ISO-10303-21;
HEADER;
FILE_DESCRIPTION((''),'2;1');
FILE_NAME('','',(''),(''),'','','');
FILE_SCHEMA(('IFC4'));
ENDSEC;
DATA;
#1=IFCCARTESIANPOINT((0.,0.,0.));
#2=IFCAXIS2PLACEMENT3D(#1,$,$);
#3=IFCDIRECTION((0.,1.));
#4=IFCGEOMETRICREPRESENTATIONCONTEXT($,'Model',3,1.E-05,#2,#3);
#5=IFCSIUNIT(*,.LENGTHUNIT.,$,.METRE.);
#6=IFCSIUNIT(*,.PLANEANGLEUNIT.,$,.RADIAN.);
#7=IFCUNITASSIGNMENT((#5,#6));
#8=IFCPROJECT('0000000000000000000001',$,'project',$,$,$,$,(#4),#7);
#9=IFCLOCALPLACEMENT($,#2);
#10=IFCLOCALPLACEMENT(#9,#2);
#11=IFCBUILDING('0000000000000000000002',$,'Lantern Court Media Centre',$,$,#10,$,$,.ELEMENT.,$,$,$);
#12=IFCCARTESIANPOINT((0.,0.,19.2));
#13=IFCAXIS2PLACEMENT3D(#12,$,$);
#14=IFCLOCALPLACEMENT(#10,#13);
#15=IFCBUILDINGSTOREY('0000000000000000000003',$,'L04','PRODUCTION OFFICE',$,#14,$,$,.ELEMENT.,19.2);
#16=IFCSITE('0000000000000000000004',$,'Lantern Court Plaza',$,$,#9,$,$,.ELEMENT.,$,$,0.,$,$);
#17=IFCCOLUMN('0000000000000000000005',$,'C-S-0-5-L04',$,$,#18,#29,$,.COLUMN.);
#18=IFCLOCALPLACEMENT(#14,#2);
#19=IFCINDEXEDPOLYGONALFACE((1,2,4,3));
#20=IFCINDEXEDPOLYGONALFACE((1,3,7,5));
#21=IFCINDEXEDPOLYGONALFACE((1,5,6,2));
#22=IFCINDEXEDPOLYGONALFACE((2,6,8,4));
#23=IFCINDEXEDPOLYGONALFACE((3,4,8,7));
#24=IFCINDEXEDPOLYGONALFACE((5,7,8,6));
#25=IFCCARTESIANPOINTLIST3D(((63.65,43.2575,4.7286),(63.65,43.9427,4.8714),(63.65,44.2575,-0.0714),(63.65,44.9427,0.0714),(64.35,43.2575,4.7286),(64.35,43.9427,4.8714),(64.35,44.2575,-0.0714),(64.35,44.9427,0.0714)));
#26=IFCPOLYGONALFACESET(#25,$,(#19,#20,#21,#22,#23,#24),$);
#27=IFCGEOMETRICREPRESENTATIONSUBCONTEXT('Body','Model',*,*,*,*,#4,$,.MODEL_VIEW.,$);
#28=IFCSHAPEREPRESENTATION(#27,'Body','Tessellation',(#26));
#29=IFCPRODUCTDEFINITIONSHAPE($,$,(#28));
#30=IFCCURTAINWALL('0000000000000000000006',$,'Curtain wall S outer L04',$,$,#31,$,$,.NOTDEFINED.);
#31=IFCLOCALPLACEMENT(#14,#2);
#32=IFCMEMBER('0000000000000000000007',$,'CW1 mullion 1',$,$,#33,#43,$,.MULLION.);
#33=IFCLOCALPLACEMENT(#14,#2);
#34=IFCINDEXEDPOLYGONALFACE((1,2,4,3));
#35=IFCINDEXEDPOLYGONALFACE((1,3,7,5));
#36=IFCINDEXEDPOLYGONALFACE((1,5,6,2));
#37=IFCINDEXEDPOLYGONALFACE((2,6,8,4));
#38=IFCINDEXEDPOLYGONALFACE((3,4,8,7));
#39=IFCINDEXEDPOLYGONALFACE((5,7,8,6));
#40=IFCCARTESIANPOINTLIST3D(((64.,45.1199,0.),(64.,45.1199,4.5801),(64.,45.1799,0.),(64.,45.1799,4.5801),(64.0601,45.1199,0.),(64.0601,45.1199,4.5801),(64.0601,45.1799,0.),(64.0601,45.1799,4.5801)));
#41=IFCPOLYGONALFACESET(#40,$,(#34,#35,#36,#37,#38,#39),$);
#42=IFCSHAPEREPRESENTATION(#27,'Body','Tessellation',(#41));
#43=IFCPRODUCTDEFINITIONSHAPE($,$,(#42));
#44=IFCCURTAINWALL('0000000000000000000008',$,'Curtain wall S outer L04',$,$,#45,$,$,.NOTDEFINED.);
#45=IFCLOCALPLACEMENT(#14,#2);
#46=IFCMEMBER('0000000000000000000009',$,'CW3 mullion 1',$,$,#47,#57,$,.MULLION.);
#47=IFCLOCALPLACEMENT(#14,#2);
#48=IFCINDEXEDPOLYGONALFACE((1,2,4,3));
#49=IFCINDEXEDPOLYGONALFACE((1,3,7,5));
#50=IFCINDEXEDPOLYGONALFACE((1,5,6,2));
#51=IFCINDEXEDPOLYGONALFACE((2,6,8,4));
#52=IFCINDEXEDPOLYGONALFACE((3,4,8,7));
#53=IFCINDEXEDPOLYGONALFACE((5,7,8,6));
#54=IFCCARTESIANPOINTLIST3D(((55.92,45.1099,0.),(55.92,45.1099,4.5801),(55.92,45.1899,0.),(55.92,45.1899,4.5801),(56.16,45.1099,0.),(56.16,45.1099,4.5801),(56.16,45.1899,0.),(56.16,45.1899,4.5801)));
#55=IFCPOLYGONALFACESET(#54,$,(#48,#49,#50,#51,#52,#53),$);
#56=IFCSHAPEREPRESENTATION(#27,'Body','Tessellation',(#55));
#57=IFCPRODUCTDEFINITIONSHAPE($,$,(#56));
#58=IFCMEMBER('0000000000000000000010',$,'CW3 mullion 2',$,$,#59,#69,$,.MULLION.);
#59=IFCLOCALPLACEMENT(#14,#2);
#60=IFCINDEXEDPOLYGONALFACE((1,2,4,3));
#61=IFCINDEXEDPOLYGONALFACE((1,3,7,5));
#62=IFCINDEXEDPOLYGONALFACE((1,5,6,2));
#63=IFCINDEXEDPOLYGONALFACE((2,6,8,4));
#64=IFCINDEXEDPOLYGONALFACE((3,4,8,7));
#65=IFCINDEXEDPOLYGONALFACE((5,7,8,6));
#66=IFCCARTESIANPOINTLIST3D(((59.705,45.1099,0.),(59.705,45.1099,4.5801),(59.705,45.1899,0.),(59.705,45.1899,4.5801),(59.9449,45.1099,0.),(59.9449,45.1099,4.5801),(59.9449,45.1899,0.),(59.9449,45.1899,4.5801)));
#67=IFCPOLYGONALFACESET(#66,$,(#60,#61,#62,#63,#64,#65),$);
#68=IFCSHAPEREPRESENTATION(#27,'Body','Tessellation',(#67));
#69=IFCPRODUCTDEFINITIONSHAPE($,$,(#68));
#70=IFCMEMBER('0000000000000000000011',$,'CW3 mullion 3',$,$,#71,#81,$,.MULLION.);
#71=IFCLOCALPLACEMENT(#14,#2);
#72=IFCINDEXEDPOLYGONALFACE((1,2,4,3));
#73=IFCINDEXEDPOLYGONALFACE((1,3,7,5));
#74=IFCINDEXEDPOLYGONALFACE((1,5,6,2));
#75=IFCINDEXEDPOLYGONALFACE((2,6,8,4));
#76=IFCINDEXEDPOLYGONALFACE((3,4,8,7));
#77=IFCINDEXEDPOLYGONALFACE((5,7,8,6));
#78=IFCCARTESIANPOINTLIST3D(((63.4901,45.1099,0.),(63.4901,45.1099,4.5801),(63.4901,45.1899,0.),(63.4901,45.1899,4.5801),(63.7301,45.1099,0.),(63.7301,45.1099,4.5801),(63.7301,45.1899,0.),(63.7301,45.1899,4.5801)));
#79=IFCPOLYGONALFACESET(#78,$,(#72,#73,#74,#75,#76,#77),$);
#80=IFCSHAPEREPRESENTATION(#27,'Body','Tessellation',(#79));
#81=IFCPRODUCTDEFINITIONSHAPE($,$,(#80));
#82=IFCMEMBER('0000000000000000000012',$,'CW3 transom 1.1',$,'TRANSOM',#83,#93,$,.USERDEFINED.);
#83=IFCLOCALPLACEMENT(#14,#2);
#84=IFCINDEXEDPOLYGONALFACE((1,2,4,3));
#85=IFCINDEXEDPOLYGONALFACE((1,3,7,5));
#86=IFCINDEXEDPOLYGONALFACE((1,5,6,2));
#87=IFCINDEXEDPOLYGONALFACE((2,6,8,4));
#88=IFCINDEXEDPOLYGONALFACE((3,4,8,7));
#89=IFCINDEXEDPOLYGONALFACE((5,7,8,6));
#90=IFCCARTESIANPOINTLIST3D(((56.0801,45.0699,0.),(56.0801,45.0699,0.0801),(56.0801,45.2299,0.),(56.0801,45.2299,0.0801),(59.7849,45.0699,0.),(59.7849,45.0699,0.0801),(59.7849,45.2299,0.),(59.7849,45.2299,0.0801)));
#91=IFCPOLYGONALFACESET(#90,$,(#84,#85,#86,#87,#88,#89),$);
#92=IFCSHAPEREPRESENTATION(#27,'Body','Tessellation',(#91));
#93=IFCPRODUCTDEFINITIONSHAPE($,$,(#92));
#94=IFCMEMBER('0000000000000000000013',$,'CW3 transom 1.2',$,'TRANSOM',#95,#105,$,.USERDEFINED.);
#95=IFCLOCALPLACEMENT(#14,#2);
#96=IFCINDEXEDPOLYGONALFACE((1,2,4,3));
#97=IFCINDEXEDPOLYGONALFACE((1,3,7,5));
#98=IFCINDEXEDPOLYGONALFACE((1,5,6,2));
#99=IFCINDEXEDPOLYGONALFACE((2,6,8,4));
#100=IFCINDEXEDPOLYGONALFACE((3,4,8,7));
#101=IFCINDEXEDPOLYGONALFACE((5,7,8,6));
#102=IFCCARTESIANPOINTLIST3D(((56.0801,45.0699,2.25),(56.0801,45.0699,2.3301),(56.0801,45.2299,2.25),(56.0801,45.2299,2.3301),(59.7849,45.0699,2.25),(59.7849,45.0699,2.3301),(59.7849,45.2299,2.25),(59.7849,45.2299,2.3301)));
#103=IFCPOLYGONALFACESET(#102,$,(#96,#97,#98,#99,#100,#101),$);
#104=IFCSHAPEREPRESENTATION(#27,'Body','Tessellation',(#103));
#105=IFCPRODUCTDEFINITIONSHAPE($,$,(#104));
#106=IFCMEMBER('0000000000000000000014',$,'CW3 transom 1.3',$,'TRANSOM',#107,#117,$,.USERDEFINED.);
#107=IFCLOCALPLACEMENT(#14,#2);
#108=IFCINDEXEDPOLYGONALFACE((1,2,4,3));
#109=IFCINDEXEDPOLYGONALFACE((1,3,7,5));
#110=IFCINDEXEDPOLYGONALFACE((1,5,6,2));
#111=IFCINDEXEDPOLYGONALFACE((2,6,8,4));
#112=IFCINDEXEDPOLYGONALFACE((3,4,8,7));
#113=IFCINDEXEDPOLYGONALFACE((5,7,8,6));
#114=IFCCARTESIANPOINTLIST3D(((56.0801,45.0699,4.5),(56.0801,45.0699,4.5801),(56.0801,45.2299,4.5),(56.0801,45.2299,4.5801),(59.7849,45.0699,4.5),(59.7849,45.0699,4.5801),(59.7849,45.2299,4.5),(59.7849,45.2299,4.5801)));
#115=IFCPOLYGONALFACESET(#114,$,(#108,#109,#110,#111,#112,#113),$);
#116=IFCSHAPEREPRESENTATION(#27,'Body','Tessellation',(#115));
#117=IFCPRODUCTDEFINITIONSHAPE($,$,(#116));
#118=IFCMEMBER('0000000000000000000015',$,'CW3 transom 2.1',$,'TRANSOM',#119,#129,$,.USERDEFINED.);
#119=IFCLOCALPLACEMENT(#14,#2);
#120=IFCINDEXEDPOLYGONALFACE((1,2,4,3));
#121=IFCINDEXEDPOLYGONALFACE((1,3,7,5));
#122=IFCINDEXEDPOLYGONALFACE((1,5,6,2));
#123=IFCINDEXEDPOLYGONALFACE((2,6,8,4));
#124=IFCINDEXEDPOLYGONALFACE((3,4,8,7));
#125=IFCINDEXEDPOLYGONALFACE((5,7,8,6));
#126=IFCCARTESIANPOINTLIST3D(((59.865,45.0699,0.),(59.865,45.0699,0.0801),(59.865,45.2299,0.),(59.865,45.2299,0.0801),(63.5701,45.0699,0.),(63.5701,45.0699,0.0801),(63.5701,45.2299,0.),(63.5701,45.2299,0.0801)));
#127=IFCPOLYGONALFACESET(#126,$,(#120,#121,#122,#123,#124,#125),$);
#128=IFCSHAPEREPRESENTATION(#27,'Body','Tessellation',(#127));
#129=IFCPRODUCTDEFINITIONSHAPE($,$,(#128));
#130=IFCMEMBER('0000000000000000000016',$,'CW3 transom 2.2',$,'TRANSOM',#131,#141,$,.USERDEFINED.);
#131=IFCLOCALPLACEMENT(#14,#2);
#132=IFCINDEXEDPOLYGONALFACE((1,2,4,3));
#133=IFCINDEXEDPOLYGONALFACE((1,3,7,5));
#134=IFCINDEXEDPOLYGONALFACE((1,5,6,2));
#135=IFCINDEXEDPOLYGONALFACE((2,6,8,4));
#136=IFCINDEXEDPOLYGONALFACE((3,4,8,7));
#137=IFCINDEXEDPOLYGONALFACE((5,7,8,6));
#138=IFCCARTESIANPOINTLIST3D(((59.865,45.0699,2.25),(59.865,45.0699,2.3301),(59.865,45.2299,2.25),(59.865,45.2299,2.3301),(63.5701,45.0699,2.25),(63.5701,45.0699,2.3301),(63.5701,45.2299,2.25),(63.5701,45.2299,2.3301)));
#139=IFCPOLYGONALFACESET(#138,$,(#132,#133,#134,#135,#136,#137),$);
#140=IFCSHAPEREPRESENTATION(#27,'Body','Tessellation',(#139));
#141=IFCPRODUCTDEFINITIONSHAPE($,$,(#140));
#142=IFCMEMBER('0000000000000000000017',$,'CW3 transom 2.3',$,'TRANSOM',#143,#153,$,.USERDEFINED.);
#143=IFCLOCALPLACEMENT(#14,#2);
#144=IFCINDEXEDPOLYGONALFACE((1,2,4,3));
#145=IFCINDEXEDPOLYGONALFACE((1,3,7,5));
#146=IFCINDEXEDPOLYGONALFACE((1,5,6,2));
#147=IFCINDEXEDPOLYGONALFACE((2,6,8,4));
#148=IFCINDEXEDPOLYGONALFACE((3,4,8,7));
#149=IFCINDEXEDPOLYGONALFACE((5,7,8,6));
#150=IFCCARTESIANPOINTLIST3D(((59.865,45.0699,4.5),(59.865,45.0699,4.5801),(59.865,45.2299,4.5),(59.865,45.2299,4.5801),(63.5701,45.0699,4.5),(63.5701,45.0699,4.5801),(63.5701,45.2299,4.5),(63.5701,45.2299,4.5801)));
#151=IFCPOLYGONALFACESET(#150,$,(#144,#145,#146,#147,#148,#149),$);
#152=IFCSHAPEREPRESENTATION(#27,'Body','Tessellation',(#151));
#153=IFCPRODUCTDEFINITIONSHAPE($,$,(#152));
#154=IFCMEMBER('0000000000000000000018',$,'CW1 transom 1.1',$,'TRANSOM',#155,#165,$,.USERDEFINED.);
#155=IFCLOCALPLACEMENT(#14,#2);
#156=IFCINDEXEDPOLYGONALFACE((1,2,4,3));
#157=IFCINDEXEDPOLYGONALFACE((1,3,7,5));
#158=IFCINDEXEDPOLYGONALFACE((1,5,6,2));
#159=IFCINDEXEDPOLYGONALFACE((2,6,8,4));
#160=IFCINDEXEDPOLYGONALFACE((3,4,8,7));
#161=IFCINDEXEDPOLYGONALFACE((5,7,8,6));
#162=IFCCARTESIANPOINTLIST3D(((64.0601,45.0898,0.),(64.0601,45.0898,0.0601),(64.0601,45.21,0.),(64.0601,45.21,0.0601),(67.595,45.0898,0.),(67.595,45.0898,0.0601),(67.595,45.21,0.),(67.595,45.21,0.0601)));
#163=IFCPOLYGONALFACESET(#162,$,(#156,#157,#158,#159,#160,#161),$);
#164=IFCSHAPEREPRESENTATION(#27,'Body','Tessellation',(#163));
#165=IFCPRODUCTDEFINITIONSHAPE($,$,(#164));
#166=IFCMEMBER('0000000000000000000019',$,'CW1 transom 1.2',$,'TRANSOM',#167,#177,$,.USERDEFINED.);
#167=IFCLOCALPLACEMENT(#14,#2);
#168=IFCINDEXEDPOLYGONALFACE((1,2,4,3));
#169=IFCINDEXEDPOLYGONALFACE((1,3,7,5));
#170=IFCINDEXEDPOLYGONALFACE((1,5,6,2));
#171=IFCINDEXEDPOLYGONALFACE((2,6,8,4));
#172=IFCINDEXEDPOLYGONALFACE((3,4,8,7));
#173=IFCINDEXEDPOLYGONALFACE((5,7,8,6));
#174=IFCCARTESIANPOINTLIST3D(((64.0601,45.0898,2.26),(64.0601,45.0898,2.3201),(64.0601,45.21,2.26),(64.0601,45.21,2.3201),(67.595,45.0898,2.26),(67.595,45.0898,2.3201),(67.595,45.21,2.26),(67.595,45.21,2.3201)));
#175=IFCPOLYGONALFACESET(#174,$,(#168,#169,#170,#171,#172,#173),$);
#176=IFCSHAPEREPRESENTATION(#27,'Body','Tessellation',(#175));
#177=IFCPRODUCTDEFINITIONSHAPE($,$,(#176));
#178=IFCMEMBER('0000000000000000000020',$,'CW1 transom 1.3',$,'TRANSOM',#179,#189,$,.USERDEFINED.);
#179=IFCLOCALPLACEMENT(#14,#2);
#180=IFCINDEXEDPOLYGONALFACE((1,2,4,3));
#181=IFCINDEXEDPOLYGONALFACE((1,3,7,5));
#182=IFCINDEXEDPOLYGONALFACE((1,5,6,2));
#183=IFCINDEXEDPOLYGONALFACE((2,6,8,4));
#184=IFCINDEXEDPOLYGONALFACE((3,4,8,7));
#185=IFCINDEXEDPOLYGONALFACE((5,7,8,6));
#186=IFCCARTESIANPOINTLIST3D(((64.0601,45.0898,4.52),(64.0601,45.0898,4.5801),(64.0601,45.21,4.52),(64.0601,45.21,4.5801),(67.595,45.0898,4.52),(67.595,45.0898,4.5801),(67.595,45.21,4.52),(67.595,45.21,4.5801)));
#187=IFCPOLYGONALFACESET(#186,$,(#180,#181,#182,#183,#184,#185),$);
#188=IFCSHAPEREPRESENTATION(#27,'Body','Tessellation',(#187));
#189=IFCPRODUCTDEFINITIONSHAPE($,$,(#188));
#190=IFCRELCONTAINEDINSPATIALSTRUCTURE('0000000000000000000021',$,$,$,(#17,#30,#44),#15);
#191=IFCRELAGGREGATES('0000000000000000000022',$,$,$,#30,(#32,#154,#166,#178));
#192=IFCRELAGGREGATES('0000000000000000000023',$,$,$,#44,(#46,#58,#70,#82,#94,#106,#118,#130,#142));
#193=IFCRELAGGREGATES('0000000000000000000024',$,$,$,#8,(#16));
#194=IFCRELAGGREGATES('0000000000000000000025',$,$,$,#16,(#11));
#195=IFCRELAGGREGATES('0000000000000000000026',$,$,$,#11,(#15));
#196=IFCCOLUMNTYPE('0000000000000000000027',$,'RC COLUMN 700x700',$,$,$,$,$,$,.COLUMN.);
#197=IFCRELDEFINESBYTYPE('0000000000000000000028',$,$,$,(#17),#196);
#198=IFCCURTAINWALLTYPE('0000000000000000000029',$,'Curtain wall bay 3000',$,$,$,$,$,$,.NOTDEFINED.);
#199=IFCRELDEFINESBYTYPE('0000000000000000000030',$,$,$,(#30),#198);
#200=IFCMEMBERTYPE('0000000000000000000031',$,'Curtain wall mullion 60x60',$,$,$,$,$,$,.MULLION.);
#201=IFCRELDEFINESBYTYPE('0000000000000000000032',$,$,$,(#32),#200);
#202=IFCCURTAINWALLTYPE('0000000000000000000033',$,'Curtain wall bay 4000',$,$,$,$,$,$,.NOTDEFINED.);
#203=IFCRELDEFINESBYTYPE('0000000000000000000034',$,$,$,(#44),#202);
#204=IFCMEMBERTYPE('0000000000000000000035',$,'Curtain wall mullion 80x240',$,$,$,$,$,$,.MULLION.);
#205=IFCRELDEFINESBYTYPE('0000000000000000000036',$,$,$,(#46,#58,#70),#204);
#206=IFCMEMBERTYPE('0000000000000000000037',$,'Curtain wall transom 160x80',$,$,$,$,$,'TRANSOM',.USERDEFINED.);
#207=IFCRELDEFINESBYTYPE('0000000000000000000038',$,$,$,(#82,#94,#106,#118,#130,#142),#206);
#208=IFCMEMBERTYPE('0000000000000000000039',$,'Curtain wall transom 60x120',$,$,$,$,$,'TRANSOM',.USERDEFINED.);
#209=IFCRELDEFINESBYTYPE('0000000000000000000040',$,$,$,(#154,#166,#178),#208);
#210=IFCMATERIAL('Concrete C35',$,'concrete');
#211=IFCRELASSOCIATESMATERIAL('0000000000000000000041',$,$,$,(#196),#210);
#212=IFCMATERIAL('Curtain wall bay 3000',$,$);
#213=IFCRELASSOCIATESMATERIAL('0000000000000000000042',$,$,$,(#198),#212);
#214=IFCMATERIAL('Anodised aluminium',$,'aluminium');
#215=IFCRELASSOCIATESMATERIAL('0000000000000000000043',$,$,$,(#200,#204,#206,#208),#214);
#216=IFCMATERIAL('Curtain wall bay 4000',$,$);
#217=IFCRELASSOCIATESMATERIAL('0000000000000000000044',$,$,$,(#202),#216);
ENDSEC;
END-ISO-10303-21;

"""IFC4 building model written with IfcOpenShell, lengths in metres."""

from ifc_helpers import new_model, si_unit, direction, frame, origin, origin_2d, place, context, subcontext, project, spatial, rectangle, extrude, material, material_profile, profile_set, type_object, element, aggregate, save


model = new_model("IFC4")

# Units and contexts
model_context = context("Model", 3, precision=1e-05, world=origin(), true_north=direction((0.0, 1.0)))
body_context = subcontext(model_context, "Body", "Model", "MODEL_VIEW")
ifc_project = project(units=[si_unit("LENGTHUNIT", "METRE"), si_unit("PLANEANGLEUNIT", "RADIAN")], contexts=[model_context])

# Site, building, storey
site_placement = place(None, origin())
site = spatial("IfcSite", under=ifc_project, at=site_placement, Name="Lantern Court Plaza", CompositionType="ELEMENT", RefElevation=0.0)
building_placement = place(site_placement, origin())
building = spatial("IfcBuilding", under=site, at=building_placement, Name="Lantern Court Media Centre", CompositionType="ELEMENT")
storey_placement = place(building_placement, frame((0.0, 0.0, 19.2)))
storey = spatial("IfcBuildingStorey", under=building, at=storey_placement, Name="L04", Description="PRODUCTION OFFICE", CompositionType="ELEMENT", Elevation=19.2)

# Column
ifc_material_1 = material(Name="Concrete C35", Category="concrete")
ifc_material_profile_1 = material_profile(ifc_material_1, rectangle(XDim=0.7, YDim=0.7, at=origin_2d()), Name="RC 700x700")
ifc_profile_set_1 = profile_set([ifc_material_profile_1], Name="Concrete C35")
column_type = type_object("IfcColumnType", Name="RC COLUMN 700x700", PredefinedType="COLUMN", material=ifc_profile_set_1)
column_placement = place(storey_placement, frame((64.0, 44.6001, 0.0), z_axis=(0.0, -0.203952, 0.978981), x_axis=(1.0, 0.0, 0.0)))
element("IfcColumn", 1, at=column_placement, inside=storey, type_object=column_type, Name="C-S-0-5-L04", PredefinedType="COLUMN", context=body_context, shape_type="SweptSolid", body=[
    extrude(rectangle(XDim=0.7, YDim=0.7, at=origin_2d()), origin(), (0.0, 0.0, 1.0), 4.9031),
])

# Curtain wall, member
ifc_material_2 = material(Name="Curtain wall bay 3000")
curtain_wall_type_1 = type_object("IfcCurtainWallType", Name="Curtain wall bay 3000", PredefinedType="NOTDEFINED", material=ifc_material_2)
curtain_wall_1_placement = place(storey_placement, origin())
curtain_wall_1 = element("IfcCurtainWall", 2, at=curtain_wall_1_placement, inside=storey, type_object=curtain_wall_type_1, Name="Curtain wall S outer L04", PredefinedType="NOTDEFINED")
ifc_material_3 = material(Name="Anodised aluminium", Category="aluminium")
ifc_material_profile_2 = material_profile(ifc_material_3, rectangle(XDim=0.0601, YDim=0.0601, at=origin_2d()), Name="AL 60x60")
ifc_profile_set_2 = profile_set([ifc_material_profile_2], Name="Anodised aluminium")
member_type_1 = type_object("IfcMemberType", Name="Curtain wall mullion 60x60", PredefinedType="MULLION", material=ifc_profile_set_2)
member_1_placement = place(storey_placement, frame((64.03, 45.1499, 0.0), z_axis=(0.0, 0.0, 1.0), x_axis=(0.0, 1.0, 0.0)))
member_1 = element("IfcMember", 3, at=member_1_placement, type_object=member_type_1, Name="CW1 mullion 1", PredefinedType="MULLION", context=body_context, shape_type="SweptSolid", body=[
    extrude(rectangle(XDim=0.0601, YDim=0.0601, at=origin_2d()), origin(), (0.0, 0.0, 1.0), 4.5801),
])

# Curtain wall, members
ifc_material_4 = material(Name="Curtain wall bay 4000")
curtain_wall_type_2 = type_object("IfcCurtainWallType", Name="Curtain wall bay 4000", PredefinedType="NOTDEFINED", material=ifc_material_4)
curtain_wall_2_placement = place(storey_placement, origin())
curtain_wall_2 = element("IfcCurtainWall", 4, at=curtain_wall_2_placement, inside=storey, type_object=curtain_wall_type_2, Name="Curtain wall S outer L04", PredefinedType="NOTDEFINED")
ifc_material_profile_3 = material_profile(ifc_material_3, rectangle(XDim=0.0801, YDim=0.24, at=origin_2d()), Name="AL 80x240")
ifc_profile_set_3 = profile_set([ifc_material_profile_3], Name="Anodised aluminium")
member_type_2 = type_object("IfcMemberType", Name="Curtain wall mullion 80x240", PredefinedType="MULLION", material=ifc_profile_set_3)
member_2_placement = place(storey_placement, frame((56.04, 45.1499, 0.0), z_axis=(0.0, 0.0, 1.0), x_axis=(0.0, 1.0, 0.0)))
member_2 = element("IfcMember", 5, at=member_2_placement, type_object=member_type_2, Name="CW3 mullion 1", PredefinedType="MULLION", context=body_context, shape_type="SweptSolid", body=[
    extrude(rectangle(XDim=0.0801, YDim=0.24, at=origin_2d()), origin(), (0.0, 0.0, 1.0), 4.5801),
])
member_3_placement = place(storey_placement, frame((59.825, 45.1499, 0.0), z_axis=(0.0, 0.0, 1.0), x_axis=(0.0, 1.0, 0.0)))
member_3 = element("IfcMember", 6, at=member_3_placement, type_object=member_type_2, Name="CW3 mullion 2", PredefinedType="MULLION", context=body_context, shape_type="SweptSolid", body=[
    extrude(rectangle(XDim=0.0801, YDim=0.24, at=origin_2d()), origin(), (0.0, 0.0, 1.0), 4.5801),
])
member_4_placement = place(storey_placement, frame((63.6101, 45.1499, 0.0), z_axis=(0.0, 0.0, 1.0), x_axis=(0.0, 1.0, 0.0)))
member_4 = element("IfcMember", 7, at=member_4_placement, type_object=member_type_2, Name="CW3 mullion 3", PredefinedType="MULLION", context=body_context, shape_type="SweptSolid", body=[
    extrude(rectangle(XDim=0.0801, YDim=0.24, at=origin_2d()), origin(), (0.0, 0.0, 1.0), 4.5801),
])
ifc_material_profile_4 = material_profile(ifc_material_3, rectangle(XDim=0.1599, YDim=0.0801, at=origin_2d()), Name="AL 80x160")
ifc_profile_set_4 = profile_set([ifc_material_profile_4], Name="Anodised aluminium")
member_type_3 = type_object("IfcMemberType", Name="Curtain wall transom 160x80", ElementType="TRANSOM", PredefinedType="USERDEFINED", material=ifc_profile_set_4)
member_5_placement = place(storey_placement, frame((56.0801, 45.1499, 0.04), z_axis=(1.0, 0.0, 0.0), x_axis=(0.0, 1.0, 0.0)))
member_5 = element("IfcMember", 8, at=member_5_placement, type_object=member_type_3, Name="CW3 transom 1.1", ObjectType="TRANSOM", PredefinedType="USERDEFINED", context=body_context, shape_type="SweptSolid", body=[
    extrude(rectangle(XDim=0.1599, YDim=0.0801, at=origin_2d()), origin(), (0.0, 0.0, 1.0), 3.7048),
])
member_6_placement = place(storey_placement, frame((56.0801, 45.1499, 2.29), z_axis=(1.0, 0.0, 0.0), x_axis=(0.0, 1.0, 0.0)))
member_6 = element("IfcMember", 9, at=member_6_placement, type_object=member_type_3, Name="CW3 transom 1.2", ObjectType="TRANSOM", PredefinedType="USERDEFINED", context=body_context, shape_type="SweptSolid", body=[
    extrude(rectangle(XDim=0.1599, YDim=0.0801, at=origin_2d()), origin(), (0.0, 0.0, 1.0), 3.7048),
])
member_7_placement = place(storey_placement, frame((56.0801, 45.1499, 4.54), z_axis=(1.0, 0.0, 0.0), x_axis=(0.0, 1.0, 0.0)))
member_7 = element("IfcMember", 10, at=member_7_placement, type_object=member_type_3, Name="CW3 transom 1.3", ObjectType="TRANSOM", PredefinedType="USERDEFINED", context=body_context, shape_type="SweptSolid", body=[
    extrude(rectangle(XDim=0.1599, YDim=0.0801, at=origin_2d()), origin(), (0.0, 0.0, 1.0), 3.7048),
])
member_8_placement = place(storey_placement, frame((59.865, 45.1499, 0.04), z_axis=(1.0, 0.0, 0.0), x_axis=(0.0, 1.0, 0.0)))
member_8 = element("IfcMember", 11, at=member_8_placement, type_object=member_type_3, Name="CW3 transom 2.1", ObjectType="TRANSOM", PredefinedType="USERDEFINED", context=body_context, shape_type="SweptSolid", body=[
    extrude(rectangle(XDim=0.1599, YDim=0.0801, at=origin_2d()), origin(), (0.0, 0.0, 1.0), 3.7051),
])
member_9_placement = place(storey_placement, frame((59.865, 45.1499, 2.29), z_axis=(1.0, 0.0, 0.0), x_axis=(0.0, 1.0, 0.0)))
member_9 = element("IfcMember", 12, at=member_9_placement, type_object=member_type_3, Name="CW3 transom 2.2", ObjectType="TRANSOM", PredefinedType="USERDEFINED", context=body_context, shape_type="SweptSolid", body=[
    extrude(rectangle(XDim=0.1599, YDim=0.0801, at=origin_2d()), origin(), (0.0, 0.0, 1.0), 3.7051),
])
member_10_placement = place(storey_placement, frame((59.865, 45.1499, 4.54), z_axis=(1.0, 0.0, 0.0), x_axis=(0.0, 1.0, 0.0)))
member_10 = element("IfcMember", 13, at=member_10_placement, type_object=member_type_3, Name="CW3 transom 2.3", ObjectType="TRANSOM", PredefinedType="USERDEFINED", context=body_context, shape_type="SweptSolid", body=[
    extrude(rectangle(XDim=0.1599, YDim=0.0801, at=origin_2d()), origin(), (0.0, 0.0, 1.0), 3.7051),
])

# Members
ifc_material_profile_5 = material_profile(ifc_material_3, rectangle(XDim=0.1201, YDim=0.0601, at=origin_2d()), Name="AL 60x120")
ifc_profile_set_5 = profile_set([ifc_material_profile_5], Name="Anodised aluminium")
member_type_4 = type_object("IfcMemberType", Name="Curtain wall transom 60x120", ElementType="TRANSOM", PredefinedType="USERDEFINED", material=ifc_profile_set_5)
member_11_placement = place(storey_placement, frame((64.0601, 45.1499, 0.03), z_axis=(1.0, 0.0, 0.0), x_axis=(0.0, 1.0, 0.0)))
member_11 = element("IfcMember", 14, at=member_11_placement, type_object=member_type_4, Name="CW1 transom 1.1", ObjectType="TRANSOM", PredefinedType="USERDEFINED", context=body_context, shape_type="SweptSolid", body=[
    extrude(rectangle(XDim=0.1201, YDim=0.0601, at=origin_2d()), origin(), (0.0, 0.0, 1.0), 3.5349),
])
member_12_placement = place(storey_placement, frame((64.0601, 45.1499, 2.29), z_axis=(1.0, 0.0, 0.0), x_axis=(0.0, 1.0, 0.0)))
member_12 = element("IfcMember", 15, at=member_12_placement, type_object=member_type_4, Name="CW1 transom 1.2", ObjectType="TRANSOM", PredefinedType="USERDEFINED", context=body_context, shape_type="SweptSolid", body=[
    extrude(rectangle(XDim=0.1201, YDim=0.0601, at=origin_2d()), origin(), (0.0, 0.0, 1.0), 3.5349),
])
member_13_placement = place(storey_placement, frame((64.0601, 45.1499, 4.55), z_axis=(1.0, 0.0, 0.0), x_axis=(0.0, 1.0, 0.0)))
member_13 = element("IfcMember", 16, at=member_13_placement, type_object=member_type_4, Name="CW1 transom 1.3", ObjectType="TRANSOM", PredefinedType="USERDEFINED", context=body_context, shape_type="SweptSolid", body=[
    extrude(rectangle(XDim=0.1201, YDim=0.0601, at=origin_2d()), origin(), (0.0, 0.0, 1.0), 3.5349),
])

aggregate(curtain_wall_1, [member_1, member_11, member_12, member_13])
aggregate(curtain_wall_2, [member_2, member_3, member_4, member_5, member_6, member_7, member_8, member_9, member_10])

save(model, "model.ifc")
